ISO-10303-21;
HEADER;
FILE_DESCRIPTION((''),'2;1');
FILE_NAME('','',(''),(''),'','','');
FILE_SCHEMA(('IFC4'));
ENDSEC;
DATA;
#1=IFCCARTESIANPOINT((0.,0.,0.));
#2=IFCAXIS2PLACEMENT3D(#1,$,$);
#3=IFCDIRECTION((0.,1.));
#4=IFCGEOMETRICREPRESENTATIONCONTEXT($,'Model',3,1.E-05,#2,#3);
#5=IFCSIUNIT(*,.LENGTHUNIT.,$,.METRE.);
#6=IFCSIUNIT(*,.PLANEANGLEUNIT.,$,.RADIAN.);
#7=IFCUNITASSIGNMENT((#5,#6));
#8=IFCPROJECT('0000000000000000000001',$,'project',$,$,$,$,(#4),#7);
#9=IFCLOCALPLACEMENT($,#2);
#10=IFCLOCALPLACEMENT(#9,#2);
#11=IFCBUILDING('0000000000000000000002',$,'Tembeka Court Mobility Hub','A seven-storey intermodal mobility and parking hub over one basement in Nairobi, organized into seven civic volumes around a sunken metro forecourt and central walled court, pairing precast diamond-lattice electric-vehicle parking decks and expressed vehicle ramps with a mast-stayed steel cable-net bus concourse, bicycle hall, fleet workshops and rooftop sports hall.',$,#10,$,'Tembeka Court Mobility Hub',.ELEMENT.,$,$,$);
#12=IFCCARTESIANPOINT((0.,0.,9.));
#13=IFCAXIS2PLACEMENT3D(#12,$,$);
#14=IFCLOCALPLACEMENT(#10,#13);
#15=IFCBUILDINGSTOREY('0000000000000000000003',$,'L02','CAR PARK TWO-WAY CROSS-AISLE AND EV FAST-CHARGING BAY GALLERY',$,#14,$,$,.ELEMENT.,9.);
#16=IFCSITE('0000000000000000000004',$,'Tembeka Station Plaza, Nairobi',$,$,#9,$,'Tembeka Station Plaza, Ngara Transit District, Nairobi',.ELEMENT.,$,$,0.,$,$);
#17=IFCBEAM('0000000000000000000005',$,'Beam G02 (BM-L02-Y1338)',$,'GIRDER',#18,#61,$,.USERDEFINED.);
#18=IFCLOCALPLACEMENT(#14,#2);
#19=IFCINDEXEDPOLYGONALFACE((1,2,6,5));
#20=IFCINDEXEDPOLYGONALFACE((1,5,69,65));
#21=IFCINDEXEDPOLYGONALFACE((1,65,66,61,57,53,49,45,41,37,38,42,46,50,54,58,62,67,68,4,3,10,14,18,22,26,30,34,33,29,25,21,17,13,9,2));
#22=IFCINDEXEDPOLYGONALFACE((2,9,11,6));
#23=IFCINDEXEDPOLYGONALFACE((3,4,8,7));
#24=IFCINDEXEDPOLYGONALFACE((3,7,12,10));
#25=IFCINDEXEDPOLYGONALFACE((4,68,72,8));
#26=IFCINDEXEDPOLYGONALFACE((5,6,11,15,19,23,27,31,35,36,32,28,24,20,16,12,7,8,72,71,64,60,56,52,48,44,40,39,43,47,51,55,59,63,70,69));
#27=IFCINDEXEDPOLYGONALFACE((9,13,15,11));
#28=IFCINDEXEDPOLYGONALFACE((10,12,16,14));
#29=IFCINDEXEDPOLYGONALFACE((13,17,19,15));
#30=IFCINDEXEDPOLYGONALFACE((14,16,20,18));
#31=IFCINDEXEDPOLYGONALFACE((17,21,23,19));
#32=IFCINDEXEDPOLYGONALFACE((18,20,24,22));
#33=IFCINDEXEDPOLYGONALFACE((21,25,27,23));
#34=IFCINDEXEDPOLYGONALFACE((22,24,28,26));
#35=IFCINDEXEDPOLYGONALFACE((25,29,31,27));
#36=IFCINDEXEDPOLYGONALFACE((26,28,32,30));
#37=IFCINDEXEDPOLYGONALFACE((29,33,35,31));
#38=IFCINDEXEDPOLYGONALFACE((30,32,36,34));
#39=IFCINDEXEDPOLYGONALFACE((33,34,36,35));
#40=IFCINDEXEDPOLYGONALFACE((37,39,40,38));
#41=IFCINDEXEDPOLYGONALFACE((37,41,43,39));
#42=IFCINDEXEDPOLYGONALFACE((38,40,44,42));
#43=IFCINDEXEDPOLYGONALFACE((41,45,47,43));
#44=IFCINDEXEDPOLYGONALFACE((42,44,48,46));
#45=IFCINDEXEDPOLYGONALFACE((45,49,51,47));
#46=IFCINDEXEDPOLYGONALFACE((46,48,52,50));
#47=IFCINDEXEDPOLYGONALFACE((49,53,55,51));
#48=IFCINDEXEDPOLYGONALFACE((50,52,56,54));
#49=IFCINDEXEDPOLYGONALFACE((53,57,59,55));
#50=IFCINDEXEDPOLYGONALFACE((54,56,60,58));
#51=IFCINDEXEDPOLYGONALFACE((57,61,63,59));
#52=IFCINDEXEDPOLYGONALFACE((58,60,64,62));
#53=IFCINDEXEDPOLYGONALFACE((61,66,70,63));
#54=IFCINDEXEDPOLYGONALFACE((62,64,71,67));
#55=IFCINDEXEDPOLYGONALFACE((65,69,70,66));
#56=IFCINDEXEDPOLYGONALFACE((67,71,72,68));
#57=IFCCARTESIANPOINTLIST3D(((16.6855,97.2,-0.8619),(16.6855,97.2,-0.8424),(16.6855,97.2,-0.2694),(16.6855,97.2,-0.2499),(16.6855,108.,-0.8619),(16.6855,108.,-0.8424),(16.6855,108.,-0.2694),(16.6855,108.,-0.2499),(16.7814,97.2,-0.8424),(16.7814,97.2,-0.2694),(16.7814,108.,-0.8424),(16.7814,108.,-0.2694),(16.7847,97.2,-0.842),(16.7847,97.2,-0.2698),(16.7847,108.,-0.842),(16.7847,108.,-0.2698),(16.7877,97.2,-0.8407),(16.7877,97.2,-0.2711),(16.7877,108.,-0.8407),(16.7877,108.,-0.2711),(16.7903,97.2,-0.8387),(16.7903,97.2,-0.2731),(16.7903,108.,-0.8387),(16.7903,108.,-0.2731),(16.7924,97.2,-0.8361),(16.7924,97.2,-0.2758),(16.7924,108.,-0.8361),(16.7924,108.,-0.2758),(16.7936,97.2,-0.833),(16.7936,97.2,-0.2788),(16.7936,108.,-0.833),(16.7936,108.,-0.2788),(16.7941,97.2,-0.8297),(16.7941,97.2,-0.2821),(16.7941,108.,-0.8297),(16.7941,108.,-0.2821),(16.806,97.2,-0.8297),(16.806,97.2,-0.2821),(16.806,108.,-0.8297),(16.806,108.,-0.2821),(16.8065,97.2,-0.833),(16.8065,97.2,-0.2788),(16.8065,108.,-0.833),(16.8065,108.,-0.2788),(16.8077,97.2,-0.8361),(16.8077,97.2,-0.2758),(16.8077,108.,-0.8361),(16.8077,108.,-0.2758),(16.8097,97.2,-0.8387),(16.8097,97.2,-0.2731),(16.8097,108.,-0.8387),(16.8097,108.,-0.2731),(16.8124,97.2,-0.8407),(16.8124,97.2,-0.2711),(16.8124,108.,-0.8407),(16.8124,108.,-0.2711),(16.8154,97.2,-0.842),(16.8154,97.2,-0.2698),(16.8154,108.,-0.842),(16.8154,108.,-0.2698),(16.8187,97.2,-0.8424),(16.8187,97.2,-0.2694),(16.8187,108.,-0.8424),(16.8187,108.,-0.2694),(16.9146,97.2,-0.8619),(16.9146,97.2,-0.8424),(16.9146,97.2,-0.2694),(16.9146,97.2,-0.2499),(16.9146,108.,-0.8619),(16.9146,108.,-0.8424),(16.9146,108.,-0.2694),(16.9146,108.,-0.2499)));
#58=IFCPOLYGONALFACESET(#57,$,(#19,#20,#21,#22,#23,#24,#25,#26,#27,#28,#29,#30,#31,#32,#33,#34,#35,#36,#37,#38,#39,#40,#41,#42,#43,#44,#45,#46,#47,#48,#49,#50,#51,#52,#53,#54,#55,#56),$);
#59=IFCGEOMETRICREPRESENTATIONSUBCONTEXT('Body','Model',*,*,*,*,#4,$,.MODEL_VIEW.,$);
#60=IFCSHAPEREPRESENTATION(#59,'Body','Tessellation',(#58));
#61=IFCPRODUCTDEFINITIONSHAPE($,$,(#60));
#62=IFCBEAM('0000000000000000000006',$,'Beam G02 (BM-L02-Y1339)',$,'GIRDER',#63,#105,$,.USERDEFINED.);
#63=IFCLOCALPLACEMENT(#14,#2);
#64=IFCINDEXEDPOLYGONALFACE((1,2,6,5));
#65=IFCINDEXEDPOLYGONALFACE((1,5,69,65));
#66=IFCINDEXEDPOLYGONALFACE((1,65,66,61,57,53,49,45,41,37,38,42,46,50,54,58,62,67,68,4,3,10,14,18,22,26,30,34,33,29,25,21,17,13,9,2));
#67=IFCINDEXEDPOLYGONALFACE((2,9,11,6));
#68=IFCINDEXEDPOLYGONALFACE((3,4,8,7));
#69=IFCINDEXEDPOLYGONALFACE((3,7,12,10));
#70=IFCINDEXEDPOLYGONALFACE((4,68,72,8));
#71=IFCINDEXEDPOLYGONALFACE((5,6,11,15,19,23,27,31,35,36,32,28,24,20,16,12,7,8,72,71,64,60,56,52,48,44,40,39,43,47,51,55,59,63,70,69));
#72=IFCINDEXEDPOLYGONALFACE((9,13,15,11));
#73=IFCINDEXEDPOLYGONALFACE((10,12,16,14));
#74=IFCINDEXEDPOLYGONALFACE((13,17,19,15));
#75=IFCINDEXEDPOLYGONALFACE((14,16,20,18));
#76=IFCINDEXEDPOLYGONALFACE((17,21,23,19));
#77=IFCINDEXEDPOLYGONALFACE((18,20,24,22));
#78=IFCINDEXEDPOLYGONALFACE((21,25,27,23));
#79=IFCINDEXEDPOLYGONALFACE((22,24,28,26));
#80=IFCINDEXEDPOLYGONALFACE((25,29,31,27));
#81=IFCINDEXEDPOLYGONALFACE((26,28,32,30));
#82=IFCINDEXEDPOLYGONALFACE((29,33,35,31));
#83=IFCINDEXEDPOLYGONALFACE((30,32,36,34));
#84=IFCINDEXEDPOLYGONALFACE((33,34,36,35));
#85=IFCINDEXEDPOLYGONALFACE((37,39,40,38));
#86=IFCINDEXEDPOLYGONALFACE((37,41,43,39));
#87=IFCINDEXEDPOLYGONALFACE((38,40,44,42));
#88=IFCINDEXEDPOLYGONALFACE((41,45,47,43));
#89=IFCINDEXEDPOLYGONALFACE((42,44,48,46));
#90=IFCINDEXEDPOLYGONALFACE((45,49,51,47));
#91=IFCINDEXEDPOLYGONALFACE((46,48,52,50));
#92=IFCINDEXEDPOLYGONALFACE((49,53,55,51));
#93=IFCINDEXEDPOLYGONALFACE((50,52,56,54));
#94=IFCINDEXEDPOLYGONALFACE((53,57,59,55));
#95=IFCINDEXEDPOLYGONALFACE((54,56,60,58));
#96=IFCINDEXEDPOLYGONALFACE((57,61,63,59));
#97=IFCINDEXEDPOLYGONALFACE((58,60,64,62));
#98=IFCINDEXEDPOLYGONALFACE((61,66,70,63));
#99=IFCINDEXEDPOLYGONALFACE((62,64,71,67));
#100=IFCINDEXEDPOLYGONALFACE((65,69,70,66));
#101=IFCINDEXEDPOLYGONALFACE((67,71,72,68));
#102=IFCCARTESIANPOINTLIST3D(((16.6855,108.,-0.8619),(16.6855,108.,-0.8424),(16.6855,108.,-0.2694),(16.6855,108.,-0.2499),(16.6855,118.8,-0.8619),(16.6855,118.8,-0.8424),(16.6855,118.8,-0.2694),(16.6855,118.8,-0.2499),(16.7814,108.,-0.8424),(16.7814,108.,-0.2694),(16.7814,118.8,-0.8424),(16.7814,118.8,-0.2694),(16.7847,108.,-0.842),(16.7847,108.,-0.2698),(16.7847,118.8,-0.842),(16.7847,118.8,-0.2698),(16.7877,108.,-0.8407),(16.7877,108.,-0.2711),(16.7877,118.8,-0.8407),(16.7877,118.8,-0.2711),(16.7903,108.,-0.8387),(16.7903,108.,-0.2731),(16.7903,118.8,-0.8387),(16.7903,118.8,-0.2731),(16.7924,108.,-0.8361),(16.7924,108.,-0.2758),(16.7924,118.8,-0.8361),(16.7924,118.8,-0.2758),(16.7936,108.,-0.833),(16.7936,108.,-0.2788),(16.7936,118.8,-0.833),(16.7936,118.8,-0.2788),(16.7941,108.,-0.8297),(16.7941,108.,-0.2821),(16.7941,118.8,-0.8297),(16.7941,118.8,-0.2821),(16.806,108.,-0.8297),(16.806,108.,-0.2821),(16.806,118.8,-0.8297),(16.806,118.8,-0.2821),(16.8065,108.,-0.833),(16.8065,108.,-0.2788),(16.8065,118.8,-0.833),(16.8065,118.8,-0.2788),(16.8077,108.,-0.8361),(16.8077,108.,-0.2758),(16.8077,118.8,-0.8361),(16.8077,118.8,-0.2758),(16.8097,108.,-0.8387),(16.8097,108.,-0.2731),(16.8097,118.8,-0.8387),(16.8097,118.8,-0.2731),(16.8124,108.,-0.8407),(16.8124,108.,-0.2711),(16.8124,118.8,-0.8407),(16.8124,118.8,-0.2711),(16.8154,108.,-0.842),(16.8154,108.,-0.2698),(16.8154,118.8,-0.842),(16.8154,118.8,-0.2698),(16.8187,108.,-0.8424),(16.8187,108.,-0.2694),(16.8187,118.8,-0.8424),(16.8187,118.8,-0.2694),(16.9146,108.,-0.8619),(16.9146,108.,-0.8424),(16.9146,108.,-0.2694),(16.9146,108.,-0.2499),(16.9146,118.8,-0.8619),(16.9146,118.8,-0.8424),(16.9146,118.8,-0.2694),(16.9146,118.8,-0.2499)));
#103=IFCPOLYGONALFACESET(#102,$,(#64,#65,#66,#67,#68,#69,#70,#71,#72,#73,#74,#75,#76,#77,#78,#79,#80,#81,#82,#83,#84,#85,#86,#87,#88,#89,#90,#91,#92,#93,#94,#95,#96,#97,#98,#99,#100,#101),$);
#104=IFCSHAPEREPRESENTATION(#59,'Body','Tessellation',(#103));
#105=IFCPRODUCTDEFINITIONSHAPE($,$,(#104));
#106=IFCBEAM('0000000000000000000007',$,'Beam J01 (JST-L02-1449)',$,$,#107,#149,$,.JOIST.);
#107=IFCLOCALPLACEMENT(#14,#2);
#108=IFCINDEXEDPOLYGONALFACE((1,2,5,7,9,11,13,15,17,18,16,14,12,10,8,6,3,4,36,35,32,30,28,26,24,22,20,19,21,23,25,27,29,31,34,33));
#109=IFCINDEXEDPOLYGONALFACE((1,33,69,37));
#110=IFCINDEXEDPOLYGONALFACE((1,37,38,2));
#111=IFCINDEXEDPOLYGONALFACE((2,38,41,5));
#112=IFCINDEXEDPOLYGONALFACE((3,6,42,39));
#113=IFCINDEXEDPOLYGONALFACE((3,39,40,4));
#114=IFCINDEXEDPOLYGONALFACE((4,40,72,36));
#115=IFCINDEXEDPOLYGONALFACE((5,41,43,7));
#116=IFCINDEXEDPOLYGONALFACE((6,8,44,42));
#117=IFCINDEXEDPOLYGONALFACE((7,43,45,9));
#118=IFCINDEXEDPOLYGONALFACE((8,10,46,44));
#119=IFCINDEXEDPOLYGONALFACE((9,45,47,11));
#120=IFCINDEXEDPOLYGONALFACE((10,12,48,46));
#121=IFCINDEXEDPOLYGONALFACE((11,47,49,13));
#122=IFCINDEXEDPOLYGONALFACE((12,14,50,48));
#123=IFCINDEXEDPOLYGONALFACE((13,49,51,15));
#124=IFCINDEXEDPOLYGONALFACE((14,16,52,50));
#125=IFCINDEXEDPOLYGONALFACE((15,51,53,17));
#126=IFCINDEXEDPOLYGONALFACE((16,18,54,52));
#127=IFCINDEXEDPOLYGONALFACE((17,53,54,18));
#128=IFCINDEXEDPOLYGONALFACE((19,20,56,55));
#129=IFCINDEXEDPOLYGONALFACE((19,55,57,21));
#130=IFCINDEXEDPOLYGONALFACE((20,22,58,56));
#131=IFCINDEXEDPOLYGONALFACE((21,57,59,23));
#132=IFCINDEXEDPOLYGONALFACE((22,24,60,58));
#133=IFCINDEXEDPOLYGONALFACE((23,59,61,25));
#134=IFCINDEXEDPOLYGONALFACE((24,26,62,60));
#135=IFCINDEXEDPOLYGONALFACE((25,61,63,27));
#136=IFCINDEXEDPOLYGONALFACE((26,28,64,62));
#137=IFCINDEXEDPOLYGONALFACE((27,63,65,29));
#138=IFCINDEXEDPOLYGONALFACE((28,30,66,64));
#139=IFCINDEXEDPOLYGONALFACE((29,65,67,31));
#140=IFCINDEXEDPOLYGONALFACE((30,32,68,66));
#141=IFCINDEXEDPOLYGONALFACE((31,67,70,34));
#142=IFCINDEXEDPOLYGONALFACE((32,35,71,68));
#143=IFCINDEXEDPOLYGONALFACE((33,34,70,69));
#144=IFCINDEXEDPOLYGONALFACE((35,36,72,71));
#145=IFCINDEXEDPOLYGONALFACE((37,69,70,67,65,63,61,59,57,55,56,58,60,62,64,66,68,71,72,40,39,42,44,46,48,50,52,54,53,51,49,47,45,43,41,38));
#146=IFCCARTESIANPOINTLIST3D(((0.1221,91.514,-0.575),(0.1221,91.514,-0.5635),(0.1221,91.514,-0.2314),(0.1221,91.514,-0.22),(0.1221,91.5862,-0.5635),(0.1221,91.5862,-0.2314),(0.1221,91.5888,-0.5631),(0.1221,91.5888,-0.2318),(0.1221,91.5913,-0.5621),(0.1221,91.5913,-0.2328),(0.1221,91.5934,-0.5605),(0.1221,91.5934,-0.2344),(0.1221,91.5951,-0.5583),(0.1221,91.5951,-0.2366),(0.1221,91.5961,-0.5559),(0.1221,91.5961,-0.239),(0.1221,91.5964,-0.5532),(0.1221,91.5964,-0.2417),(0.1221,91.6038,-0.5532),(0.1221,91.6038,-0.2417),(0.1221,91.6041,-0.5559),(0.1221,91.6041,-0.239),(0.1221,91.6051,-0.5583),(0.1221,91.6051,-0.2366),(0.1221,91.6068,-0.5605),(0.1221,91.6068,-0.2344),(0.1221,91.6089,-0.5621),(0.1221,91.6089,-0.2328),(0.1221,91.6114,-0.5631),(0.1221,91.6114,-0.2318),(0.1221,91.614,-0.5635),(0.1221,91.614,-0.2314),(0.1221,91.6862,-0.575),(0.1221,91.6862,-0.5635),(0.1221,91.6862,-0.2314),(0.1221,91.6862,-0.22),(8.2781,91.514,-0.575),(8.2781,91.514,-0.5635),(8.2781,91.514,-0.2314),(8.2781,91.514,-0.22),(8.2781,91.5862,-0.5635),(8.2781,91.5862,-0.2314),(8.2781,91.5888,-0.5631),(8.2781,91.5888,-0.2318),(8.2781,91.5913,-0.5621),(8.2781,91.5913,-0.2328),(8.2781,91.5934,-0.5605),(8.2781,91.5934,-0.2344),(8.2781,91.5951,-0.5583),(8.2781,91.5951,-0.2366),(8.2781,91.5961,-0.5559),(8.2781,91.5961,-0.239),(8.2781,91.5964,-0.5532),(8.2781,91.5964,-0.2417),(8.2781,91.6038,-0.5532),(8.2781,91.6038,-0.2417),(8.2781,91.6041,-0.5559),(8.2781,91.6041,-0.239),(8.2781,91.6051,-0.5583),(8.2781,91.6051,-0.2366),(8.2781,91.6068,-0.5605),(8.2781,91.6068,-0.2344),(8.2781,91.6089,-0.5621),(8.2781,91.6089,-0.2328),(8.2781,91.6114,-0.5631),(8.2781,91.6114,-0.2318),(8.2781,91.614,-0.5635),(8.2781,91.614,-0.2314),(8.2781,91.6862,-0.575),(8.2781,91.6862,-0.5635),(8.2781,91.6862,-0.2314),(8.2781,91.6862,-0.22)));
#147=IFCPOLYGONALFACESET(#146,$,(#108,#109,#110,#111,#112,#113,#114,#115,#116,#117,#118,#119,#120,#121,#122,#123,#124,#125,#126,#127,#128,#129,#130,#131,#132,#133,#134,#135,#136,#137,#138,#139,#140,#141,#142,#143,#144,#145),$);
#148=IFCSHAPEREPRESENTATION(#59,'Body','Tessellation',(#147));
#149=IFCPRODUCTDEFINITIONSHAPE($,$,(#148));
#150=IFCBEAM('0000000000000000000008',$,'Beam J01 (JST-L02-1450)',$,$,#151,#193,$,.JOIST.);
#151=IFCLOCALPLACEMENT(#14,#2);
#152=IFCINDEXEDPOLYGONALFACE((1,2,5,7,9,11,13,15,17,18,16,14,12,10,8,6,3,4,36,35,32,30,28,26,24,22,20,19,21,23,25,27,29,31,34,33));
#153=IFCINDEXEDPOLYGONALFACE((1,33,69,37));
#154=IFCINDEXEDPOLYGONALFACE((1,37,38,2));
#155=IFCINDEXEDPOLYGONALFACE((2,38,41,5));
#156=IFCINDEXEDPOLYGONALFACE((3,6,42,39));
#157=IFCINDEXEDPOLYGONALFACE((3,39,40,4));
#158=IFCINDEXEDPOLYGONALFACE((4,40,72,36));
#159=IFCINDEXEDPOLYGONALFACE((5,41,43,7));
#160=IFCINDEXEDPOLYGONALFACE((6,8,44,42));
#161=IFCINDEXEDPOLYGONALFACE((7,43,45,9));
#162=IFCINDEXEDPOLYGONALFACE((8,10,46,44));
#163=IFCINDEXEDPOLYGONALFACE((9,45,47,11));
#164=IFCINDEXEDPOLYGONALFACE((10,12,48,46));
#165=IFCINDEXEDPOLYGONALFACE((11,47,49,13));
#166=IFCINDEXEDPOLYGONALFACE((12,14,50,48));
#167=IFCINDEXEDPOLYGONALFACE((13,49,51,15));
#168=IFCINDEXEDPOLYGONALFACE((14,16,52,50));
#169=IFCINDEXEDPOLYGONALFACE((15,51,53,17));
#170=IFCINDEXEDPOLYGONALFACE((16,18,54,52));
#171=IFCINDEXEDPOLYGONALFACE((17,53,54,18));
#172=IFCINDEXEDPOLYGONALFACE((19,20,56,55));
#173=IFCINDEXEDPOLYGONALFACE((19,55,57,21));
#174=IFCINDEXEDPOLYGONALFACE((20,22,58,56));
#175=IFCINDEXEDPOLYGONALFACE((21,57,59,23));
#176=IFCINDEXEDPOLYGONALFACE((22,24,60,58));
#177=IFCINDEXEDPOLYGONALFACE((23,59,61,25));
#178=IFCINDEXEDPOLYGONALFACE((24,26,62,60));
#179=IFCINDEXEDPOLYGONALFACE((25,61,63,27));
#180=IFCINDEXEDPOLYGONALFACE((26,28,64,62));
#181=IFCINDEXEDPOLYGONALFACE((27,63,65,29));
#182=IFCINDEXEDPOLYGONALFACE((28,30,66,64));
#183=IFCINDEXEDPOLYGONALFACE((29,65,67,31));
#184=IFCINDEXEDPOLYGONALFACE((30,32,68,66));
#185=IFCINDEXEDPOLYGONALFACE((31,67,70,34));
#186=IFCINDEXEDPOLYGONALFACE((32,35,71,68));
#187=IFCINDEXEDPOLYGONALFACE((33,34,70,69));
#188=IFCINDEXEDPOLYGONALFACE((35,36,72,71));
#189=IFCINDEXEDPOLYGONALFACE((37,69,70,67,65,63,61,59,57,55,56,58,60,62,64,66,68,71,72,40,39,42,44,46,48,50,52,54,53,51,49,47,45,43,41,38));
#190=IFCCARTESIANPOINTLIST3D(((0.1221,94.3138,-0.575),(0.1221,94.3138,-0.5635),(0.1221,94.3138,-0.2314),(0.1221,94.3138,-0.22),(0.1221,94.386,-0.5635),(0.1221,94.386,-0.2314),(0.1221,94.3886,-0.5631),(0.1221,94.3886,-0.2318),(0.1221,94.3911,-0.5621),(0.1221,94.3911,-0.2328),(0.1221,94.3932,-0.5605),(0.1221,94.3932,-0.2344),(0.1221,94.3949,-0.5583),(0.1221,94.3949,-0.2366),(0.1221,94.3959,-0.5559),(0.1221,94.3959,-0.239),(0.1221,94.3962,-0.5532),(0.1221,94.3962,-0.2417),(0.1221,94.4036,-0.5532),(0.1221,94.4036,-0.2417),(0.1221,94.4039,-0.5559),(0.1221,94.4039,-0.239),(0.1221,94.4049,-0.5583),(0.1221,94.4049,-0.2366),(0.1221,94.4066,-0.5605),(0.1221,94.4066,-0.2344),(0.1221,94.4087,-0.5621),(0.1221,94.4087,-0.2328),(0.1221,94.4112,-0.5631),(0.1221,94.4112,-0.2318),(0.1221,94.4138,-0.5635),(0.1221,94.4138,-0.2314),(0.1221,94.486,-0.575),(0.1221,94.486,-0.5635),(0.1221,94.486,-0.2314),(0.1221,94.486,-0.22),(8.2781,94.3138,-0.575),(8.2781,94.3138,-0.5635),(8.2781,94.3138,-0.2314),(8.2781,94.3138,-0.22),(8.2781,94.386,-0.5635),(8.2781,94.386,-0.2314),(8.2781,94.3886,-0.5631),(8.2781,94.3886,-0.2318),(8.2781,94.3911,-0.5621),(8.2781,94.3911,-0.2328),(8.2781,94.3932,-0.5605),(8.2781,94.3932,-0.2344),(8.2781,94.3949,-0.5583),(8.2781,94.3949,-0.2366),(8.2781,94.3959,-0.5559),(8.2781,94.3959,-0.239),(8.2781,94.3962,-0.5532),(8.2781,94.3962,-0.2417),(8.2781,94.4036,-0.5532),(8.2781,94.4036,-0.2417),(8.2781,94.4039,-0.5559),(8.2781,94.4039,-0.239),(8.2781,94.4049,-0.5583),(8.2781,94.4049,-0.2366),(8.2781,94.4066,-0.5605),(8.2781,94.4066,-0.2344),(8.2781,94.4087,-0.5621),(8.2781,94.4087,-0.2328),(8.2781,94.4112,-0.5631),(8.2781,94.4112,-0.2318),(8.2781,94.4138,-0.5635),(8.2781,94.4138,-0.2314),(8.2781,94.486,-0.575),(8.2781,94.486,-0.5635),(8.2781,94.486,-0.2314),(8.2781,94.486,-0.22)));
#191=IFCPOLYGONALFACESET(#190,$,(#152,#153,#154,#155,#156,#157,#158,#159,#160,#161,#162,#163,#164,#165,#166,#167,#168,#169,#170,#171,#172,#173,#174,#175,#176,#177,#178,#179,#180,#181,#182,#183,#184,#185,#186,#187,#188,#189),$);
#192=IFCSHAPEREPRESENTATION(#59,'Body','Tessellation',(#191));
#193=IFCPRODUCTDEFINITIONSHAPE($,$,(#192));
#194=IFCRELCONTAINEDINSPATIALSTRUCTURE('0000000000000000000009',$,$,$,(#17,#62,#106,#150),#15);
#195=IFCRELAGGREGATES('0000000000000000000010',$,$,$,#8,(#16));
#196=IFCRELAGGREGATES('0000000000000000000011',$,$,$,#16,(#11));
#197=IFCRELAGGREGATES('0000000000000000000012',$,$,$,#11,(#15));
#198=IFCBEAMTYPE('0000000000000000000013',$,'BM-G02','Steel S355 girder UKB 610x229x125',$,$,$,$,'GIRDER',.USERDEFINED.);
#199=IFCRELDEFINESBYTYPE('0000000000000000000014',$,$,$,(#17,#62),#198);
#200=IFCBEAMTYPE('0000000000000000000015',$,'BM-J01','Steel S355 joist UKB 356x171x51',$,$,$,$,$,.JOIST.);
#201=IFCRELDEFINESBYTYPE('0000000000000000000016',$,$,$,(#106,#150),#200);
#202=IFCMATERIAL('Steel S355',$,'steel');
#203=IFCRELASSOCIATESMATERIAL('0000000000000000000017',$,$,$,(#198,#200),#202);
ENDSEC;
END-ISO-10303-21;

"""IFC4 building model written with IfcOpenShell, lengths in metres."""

from ifc_helpers import new_model, si_unit, direction, frame, origin, origin_2d, place, context, subcontext, project, spatial, i_section, extrude, material, material_profile, profile_set, type_object, element, save


model = new_model("IFC4")

# Units and contexts
model_context = context("Model", 3, precision=1e-05, world=origin(), true_north=direction((0.0, 1.0)))
body_context = subcontext(model_context, "Body", "Model", "MODEL_VIEW")
ifc_project = project(units=[si_unit("LENGTHUNIT", "METRE"), si_unit("PLANEANGLEUNIT", "RADIAN")], contexts=[model_context])

# Site, building, storey
site_placement = place(None, origin())
site = spatial("IfcSite", under=ifc_project, at=site_placement, Name="Tembeka Station Plaza, Nairobi", LongName="Tembeka Station Plaza, Ngara Transit District, Nairobi", CompositionType="ELEMENT", RefElevation=0.0)
building_placement = place(site_placement, origin())
building = spatial("IfcBuilding", under=site, at=building_placement, Name="Tembeka Court Mobility Hub", Description="A seven-storey intermodal mobility and parking hub over one basement in Nairobi, organized into seven civic volumes around a sunken metro forecourt and central walled court, pairing precast diamond-lattice electric-vehicle parking decks and expressed vehicle ramps with a mast-stayed steel cable-net bus concourse, bicycle hall, fleet workshops and rooftop sports hall.", LongName="Tembeka Court Mobility Hub", CompositionType="ELEMENT")
storey_placement = place(building_placement, frame((0.0, 0.0, 9.0)))
storey = spatial("IfcBuildingStorey", under=building, at=storey_placement, Name="L02", Description="CAR PARK TWO-WAY CROSS-AISLE AND EV FAST-CHARGING BAY GALLERY", CompositionType="ELEMENT", Elevation=9.0)

# Shared definitions
ifc_material_1 = material(Name="Steel S355", Category="steel")

# Beams
ifc_material_profile_1 = material_profile(ifc_material_1, i_section(OverallWidth=0.229, OverallDepth=0.6121, WebThickness=0.012, FlangeThickness=0.0195, FilletRadius=0.0127, at=origin_2d()), Name="UKB 610x229x125")
ifc_profile_set_1 = profile_set([ifc_material_profile_1], Name="Steel S355")
beam_type_1 = type_object("IfcBeamType", Name="BM-G02", Description="Steel S355 girder UKB 610x229x125", ElementType="GIRDER", PredefinedType="USERDEFINED", material=ifc_profile_set_1)
for number, where, z_axis, x_axis, name in (
    (1, (16.8, 97.2, -0.5559), (0.0, 1.0, 0.0), (-1.0, 0.0, 0.0), "Beam G02 (BM-L02-Y1338)"),
    (2, (16.8, 108.0, -0.5559), (0.0, 1.0, 0.0), (-1.0, 0.0, 0.0), "Beam G02 (BM-L02-Y1339)"),
):
    element("IfcBeam", number, at=place(storey_placement, frame(where, z_axis=z_axis, x_axis=x_axis)), inside=storey, type_object=beam_type_1, Name=name, ObjectType="GIRDER", PredefinedType="USERDEFINED", context=body_context, shape_type="SweptSolid", body=[
        extrude(i_section(OverallWidth=0.229, OverallDepth=0.6121, WebThickness=0.012, FlangeThickness=0.0195, FilletRadius=0.0127, at=origin_2d()), origin(), (0.0, 0.0, 1.0), 10.8),
    ])
ifc_material_profile_2 = material_profile(ifc_material_1, i_section(OverallWidth=0.1721, OverallDepth=0.355, WebThickness=0.0073, FlangeThickness=0.0115, FilletRadius=0.0103, at=origin_2d()), Name="UKB 356x171x51")
ifc_profile_set_2 = profile_set([ifc_material_profile_2], Name="Steel S355")
beam_type_2 = type_object("IfcBeamType", Name="BM-J01", Description="Steel S355 joist UKB 356x171x51", PredefinedType="JOIST", material=ifc_profile_set_2)
for number, where, z_axis, x_axis, name in (
    (3, (0.1221, 91.6001, -0.3975), (1.0, 0.0, 0.0), (0.0, 1.0, 0.0), "Beam J01 (JST-L02-1449)"),
    (4, (0.1221, 94.3999, -0.3975), (1.0, 0.0, 0.0), (0.0, 1.0, 0.0), "Beam J01 (JST-L02-1450)"),
):
    element("IfcBeam", number, at=place(storey_placement, frame(where, z_axis=z_axis, x_axis=x_axis)), inside=storey, type_object=beam_type_2, Name=name, PredefinedType="JOIST", context=body_context, shape_type="SweptSolid", body=[
        extrude(i_section(OverallWidth=0.1721, OverallDepth=0.355, WebThickness=0.0073, FlangeThickness=0.0115, FilletRadius=0.0103, at=origin_2d()), origin(), (0.0, 0.0, 1.0), 8.156),
    ])

save(model, "model.ifc")
